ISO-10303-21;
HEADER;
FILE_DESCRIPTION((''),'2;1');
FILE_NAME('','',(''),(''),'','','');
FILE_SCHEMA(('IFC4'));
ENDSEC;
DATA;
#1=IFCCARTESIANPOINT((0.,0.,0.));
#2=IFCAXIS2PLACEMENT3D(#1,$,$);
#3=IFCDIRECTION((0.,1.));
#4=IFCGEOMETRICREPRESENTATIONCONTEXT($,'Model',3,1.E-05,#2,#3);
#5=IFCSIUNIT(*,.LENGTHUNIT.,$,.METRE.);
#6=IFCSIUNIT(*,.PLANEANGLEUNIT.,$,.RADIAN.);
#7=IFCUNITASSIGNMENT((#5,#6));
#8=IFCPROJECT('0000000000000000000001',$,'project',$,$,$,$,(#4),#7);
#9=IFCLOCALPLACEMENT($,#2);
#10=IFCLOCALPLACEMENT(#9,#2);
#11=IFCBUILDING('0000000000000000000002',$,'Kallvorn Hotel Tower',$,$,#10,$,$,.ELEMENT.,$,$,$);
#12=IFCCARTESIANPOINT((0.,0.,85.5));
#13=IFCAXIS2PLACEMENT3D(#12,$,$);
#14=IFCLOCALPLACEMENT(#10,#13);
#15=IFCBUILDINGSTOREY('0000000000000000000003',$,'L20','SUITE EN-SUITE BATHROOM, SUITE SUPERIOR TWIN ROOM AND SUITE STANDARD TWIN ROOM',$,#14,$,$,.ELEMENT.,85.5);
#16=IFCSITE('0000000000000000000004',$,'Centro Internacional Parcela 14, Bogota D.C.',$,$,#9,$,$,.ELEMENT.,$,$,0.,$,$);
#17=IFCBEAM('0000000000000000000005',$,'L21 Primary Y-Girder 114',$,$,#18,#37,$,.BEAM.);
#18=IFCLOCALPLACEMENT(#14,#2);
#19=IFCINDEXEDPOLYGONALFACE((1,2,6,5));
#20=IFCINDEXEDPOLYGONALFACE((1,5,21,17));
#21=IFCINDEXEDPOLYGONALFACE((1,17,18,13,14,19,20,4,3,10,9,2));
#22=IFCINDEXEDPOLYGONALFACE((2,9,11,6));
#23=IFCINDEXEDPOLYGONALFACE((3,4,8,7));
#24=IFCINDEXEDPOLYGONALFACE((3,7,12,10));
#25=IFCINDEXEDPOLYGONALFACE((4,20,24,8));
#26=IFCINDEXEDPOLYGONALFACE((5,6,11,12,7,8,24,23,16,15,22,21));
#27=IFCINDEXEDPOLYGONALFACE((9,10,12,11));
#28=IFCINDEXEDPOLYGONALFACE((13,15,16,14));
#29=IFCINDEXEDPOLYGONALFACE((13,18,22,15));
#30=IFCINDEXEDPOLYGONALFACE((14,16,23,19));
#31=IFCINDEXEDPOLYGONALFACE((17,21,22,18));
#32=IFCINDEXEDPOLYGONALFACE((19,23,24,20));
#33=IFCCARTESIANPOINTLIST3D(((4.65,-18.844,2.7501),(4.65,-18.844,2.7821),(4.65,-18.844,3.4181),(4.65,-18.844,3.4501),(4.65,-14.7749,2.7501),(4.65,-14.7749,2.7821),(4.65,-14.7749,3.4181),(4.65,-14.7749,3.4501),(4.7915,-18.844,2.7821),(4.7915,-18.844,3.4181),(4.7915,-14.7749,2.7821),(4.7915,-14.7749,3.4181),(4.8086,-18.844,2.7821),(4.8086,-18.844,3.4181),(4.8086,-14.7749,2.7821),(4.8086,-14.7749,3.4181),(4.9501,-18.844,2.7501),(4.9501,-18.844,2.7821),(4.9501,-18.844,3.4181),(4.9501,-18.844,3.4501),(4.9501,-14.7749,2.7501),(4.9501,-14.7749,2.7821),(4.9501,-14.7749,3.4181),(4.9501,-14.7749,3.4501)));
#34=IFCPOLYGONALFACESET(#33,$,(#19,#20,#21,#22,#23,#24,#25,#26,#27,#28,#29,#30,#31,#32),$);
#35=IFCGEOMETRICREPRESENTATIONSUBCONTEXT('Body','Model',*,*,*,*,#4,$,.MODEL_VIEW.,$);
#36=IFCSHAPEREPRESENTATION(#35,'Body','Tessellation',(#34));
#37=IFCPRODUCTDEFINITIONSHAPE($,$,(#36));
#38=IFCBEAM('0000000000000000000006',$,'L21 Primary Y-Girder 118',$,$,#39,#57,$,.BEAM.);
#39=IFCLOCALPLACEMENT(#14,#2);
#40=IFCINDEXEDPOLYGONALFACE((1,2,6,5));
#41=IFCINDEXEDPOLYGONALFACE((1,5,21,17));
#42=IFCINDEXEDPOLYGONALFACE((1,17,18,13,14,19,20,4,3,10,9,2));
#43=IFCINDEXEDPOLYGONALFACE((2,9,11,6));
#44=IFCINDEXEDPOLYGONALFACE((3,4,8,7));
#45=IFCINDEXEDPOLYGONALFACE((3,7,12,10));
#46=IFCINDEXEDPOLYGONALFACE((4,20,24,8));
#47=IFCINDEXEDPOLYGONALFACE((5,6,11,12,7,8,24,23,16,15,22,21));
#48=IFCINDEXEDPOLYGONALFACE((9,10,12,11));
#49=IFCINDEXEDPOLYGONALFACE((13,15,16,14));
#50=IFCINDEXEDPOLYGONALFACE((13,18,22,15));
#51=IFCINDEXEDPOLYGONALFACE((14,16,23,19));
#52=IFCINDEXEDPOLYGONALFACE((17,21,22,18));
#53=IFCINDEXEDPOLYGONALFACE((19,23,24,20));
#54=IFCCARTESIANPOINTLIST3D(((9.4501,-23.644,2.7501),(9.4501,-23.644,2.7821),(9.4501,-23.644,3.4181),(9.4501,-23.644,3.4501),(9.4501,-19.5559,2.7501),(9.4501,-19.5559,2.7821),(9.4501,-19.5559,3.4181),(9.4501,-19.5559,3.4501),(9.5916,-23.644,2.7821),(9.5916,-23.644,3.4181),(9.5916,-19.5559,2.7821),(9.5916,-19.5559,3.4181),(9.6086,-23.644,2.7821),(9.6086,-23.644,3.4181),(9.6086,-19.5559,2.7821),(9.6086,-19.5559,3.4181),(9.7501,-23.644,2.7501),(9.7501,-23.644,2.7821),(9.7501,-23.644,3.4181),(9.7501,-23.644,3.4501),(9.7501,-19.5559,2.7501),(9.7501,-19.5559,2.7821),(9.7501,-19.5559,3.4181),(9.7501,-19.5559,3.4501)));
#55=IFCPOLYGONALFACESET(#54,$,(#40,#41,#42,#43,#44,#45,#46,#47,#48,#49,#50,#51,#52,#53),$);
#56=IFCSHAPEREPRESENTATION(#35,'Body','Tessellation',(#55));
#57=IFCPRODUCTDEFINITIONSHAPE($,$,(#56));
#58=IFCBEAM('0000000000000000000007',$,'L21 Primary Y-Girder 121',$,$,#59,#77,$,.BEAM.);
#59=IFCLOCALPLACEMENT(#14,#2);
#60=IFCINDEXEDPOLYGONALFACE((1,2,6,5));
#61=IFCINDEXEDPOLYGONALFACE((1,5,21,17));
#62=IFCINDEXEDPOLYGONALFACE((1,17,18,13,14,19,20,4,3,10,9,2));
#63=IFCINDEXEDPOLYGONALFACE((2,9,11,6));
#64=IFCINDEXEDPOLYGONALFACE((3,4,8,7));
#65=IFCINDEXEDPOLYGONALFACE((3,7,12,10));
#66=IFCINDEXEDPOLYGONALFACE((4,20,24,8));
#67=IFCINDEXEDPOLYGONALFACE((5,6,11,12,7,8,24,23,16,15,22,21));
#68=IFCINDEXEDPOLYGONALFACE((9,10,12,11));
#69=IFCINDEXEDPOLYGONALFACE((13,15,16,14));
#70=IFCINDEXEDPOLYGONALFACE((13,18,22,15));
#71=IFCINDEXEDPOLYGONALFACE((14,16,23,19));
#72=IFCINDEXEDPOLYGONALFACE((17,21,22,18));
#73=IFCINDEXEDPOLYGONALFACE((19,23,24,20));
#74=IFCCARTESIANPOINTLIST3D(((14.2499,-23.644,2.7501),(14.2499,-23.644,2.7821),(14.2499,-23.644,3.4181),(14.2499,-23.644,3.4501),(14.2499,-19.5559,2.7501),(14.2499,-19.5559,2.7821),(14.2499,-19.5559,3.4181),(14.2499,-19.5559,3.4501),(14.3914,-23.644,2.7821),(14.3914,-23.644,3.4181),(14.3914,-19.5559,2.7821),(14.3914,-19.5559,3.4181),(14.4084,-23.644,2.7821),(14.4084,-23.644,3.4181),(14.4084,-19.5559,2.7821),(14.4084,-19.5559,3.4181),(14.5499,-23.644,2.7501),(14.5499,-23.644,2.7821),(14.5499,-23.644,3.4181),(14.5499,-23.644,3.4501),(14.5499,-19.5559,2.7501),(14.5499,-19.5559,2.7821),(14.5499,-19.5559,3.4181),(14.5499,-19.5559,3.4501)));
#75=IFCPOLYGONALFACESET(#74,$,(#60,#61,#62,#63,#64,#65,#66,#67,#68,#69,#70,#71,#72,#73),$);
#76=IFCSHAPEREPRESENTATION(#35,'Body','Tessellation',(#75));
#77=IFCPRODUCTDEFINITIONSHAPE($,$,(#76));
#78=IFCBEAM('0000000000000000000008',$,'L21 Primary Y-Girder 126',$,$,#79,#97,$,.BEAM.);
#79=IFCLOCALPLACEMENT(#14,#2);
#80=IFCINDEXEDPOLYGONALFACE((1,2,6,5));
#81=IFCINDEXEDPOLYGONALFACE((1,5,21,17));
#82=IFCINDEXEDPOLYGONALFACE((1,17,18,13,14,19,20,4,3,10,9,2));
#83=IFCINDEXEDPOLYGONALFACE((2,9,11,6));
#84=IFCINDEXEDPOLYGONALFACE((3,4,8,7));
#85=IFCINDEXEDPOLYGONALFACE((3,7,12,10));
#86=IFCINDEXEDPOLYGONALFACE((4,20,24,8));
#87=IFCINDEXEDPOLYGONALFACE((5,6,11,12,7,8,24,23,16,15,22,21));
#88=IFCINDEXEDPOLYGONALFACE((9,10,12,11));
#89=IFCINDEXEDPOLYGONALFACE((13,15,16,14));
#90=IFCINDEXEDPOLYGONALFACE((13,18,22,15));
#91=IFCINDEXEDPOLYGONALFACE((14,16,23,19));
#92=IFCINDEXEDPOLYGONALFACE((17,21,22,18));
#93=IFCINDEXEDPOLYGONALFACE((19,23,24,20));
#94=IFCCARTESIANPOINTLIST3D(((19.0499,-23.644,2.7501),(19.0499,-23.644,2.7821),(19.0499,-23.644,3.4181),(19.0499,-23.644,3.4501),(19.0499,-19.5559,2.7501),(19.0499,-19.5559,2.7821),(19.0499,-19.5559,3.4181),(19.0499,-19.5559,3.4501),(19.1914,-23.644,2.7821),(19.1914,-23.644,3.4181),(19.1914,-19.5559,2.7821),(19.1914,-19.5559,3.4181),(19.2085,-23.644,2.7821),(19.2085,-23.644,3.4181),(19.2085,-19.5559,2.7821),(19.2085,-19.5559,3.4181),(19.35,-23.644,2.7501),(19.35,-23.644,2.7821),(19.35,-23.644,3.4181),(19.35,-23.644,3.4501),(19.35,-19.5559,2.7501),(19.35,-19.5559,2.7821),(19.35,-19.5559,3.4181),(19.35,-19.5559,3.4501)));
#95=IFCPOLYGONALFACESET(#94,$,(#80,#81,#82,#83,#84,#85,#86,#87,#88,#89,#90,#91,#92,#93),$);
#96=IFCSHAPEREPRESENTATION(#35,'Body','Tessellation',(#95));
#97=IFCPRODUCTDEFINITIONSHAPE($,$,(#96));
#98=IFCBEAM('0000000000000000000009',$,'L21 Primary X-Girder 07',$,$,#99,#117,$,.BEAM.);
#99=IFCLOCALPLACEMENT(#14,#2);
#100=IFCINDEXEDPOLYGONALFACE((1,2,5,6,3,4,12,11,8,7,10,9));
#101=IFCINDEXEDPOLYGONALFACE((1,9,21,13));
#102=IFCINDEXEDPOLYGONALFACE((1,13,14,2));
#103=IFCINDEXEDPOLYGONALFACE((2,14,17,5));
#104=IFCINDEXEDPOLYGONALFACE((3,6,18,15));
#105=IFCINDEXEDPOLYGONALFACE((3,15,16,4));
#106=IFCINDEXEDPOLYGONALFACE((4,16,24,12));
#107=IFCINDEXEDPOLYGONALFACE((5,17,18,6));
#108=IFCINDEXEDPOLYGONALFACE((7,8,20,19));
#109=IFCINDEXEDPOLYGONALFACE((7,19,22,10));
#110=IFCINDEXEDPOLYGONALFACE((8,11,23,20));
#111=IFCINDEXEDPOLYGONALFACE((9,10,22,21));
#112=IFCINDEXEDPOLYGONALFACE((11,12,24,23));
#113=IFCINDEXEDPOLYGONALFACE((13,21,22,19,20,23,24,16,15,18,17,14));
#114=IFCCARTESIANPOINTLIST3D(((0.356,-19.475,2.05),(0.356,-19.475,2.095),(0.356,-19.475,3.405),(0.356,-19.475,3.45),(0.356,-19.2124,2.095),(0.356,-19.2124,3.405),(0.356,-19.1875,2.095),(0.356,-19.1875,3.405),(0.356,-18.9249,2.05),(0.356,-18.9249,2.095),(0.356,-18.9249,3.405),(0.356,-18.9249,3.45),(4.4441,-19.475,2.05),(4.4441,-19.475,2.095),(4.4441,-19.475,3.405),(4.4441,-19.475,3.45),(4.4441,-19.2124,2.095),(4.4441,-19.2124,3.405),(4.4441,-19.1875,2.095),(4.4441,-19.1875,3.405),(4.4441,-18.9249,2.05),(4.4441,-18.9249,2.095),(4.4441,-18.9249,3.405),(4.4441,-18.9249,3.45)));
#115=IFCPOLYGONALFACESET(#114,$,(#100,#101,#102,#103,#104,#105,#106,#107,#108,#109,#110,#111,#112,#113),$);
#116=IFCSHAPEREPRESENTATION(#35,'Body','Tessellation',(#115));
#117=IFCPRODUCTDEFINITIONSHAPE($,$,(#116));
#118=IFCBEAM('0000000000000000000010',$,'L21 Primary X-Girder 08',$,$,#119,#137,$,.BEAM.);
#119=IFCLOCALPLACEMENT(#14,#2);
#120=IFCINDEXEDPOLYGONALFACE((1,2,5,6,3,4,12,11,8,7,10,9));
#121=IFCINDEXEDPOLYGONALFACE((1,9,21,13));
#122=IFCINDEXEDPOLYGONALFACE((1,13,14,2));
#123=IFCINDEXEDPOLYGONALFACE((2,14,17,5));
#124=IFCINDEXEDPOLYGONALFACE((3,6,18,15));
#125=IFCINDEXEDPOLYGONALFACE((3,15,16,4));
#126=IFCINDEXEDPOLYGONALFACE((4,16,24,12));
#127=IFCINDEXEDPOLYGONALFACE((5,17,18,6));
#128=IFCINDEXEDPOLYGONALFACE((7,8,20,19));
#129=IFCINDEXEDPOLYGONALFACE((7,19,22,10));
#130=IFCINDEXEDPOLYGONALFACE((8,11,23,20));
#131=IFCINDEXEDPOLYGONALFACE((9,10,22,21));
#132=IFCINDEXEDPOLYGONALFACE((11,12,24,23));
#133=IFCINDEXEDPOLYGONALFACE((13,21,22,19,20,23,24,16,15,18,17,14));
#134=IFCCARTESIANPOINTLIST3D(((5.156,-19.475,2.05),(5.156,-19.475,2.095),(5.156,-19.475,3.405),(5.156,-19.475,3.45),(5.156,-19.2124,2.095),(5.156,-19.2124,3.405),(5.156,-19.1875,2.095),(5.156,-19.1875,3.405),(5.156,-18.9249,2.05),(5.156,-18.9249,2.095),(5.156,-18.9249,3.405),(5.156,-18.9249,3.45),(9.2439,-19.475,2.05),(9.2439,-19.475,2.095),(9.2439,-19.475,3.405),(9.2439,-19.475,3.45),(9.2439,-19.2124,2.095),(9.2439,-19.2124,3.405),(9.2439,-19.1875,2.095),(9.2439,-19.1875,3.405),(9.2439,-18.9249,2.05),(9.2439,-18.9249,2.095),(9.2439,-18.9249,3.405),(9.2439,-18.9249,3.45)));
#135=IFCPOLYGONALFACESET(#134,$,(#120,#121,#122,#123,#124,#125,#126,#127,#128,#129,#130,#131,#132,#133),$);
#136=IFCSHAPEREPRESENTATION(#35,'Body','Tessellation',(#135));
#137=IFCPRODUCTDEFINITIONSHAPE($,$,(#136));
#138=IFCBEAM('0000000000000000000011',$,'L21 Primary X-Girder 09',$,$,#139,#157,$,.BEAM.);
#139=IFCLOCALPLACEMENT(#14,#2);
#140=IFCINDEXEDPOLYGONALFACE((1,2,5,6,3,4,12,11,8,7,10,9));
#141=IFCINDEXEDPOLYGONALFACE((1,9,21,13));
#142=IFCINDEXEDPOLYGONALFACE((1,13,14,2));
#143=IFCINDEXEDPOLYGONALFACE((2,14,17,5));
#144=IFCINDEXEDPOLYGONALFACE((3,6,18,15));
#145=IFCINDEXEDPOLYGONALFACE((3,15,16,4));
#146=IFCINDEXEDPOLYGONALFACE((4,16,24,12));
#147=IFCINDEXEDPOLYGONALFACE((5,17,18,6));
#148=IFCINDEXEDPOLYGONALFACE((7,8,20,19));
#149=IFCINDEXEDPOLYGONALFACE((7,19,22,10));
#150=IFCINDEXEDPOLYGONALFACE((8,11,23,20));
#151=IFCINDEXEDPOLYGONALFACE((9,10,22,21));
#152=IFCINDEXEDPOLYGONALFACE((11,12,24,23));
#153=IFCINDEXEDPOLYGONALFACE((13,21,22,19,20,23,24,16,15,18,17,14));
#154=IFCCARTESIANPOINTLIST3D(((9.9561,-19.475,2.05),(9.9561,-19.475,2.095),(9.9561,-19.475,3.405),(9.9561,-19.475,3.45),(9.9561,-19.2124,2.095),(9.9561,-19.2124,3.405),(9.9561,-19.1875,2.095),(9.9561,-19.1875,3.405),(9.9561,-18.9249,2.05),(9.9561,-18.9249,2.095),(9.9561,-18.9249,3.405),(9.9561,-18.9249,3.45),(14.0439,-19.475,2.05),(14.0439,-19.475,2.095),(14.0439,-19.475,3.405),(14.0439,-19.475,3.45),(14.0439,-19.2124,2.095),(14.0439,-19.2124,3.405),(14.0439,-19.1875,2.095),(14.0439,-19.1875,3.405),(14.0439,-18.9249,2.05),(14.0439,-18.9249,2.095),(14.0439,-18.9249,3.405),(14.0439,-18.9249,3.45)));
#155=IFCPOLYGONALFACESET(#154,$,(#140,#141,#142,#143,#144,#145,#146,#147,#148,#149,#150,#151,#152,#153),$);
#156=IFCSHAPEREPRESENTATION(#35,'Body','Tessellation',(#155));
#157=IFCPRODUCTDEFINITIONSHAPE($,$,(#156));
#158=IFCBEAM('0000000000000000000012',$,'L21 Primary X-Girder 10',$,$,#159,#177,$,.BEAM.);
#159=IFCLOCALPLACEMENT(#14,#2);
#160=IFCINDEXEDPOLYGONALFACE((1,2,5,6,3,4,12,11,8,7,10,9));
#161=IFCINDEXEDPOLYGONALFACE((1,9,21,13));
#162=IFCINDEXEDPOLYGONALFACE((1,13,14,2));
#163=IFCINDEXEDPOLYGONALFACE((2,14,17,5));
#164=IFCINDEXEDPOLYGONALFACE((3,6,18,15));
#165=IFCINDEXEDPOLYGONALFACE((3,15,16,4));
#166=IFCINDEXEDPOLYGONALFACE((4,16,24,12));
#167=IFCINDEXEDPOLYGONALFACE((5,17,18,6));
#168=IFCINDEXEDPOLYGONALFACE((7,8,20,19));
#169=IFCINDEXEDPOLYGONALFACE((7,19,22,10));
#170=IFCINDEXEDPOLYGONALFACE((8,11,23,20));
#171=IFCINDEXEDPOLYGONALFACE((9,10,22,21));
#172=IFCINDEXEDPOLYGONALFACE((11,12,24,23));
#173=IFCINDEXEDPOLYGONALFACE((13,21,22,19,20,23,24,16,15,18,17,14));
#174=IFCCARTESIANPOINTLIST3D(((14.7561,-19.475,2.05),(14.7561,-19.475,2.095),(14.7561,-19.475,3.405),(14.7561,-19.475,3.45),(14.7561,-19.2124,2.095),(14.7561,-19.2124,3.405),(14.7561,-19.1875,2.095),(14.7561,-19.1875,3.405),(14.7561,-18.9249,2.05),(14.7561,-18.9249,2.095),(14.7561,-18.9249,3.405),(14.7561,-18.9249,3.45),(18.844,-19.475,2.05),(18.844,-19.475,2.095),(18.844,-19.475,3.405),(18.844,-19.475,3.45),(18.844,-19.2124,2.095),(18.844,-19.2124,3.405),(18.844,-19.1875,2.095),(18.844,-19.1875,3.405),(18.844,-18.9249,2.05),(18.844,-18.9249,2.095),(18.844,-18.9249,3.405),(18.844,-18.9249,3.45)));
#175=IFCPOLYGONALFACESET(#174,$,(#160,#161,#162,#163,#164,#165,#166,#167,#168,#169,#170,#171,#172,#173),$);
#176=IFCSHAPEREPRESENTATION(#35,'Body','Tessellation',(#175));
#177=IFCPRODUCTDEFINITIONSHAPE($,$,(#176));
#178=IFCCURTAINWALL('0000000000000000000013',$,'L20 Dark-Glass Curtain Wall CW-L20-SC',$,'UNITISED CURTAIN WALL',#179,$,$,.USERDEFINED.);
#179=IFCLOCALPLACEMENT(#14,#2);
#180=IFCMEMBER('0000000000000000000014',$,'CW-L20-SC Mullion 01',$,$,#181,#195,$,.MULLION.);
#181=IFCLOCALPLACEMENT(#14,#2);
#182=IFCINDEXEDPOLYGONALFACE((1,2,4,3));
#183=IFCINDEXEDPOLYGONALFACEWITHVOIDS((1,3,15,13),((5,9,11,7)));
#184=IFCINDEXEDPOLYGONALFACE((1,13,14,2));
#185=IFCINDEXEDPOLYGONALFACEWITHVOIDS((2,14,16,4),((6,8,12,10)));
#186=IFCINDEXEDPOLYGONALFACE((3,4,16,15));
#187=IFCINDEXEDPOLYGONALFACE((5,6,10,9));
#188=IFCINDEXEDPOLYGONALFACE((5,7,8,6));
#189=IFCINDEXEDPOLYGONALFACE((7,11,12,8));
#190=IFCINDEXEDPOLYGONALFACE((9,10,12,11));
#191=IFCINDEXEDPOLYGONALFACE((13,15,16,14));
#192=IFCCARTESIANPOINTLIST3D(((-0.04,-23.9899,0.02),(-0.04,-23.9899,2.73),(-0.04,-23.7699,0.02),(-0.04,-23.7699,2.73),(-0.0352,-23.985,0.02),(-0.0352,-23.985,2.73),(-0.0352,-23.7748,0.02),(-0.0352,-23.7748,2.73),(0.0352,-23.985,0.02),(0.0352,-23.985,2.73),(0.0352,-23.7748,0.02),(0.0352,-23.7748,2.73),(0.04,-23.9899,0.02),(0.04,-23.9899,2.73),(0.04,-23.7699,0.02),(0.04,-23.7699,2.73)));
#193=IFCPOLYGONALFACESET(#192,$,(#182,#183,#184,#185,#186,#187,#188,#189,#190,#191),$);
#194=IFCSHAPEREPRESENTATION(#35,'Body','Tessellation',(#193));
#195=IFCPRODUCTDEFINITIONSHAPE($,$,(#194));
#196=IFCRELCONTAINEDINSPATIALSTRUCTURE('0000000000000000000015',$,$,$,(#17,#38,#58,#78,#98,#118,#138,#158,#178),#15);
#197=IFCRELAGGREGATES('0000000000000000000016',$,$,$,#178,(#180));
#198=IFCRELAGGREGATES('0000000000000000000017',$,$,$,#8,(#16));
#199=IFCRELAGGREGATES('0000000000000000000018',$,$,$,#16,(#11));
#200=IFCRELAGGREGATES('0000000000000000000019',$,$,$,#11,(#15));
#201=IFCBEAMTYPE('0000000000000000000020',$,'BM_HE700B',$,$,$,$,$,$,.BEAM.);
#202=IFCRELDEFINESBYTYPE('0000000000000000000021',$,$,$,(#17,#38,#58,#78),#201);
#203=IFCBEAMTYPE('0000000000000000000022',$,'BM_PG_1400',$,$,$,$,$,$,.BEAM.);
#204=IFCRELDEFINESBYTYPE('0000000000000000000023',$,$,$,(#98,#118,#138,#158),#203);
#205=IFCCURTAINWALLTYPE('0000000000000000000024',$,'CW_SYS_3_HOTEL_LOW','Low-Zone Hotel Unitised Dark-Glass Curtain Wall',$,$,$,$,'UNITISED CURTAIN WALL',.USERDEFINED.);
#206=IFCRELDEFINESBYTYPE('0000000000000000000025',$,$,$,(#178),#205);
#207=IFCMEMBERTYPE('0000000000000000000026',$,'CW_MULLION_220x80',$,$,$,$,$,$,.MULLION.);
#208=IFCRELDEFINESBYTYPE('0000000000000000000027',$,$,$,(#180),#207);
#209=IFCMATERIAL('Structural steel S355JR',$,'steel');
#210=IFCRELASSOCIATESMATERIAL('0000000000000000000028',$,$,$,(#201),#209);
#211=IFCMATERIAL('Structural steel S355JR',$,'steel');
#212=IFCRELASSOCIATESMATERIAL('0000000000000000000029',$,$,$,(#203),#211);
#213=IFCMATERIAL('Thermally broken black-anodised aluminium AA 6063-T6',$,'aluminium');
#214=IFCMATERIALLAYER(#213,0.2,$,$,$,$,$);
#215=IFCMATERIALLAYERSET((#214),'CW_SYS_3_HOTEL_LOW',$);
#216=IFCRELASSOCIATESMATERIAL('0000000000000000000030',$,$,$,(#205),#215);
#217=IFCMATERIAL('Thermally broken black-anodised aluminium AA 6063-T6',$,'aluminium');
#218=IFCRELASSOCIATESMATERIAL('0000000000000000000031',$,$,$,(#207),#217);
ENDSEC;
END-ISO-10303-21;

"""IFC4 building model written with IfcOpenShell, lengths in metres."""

from ifc_helpers import new_model, si_unit, direction, frame, origin, origin_2d, place, context, subcontext, project, spatial, hollow_rectangle, i_section, extrude, material, layer, layer_set, material_profile, profile_set, type_object, element, aggregate, save


model = new_model("IFC4")

# Units and contexts
model_context = context("Model", 3, precision=1e-05, world=origin(), true_north=direction((0.0, 1.0)))
body_context = subcontext(model_context, "Body", "Model", "MODEL_VIEW")
ifc_project = project(units=[si_unit("LENGTHUNIT", "METRE"), si_unit("PLANEANGLEUNIT", "RADIAN")], contexts=[model_context])

# Site, building, storey
site_placement = place(None, origin())
site = spatial("IfcSite", under=ifc_project, at=site_placement, Name="Centro Internacional Parcela 14, Bogota D.C.", CompositionType="ELEMENT", RefElevation=0.0)
building_placement = place(site_placement, origin())
building = spatial("IfcBuilding", under=site, at=building_placement, Name="Kallvorn Hotel Tower", CompositionType="ELEMENT")
storey_placement = place(building_placement, frame((0.0, 0.0, 85.5)))
storey = spatial("IfcBuildingStorey", under=building, at=storey_placement, Name="L20", Description="SUITE EN-SUITE BATHROOM, SUITE SUPERIOR TWIN ROOM AND SUITE STANDARD TWIN ROOM", CompositionType="ELEMENT", Elevation=85.5)

# Beams
ifc_material_1 = material(Name="Structural steel S355JR", Category="steel")
ifc_material_profile_1 = material_profile(ifc_material_1, i_section(OverallWidth=0.3, OverallDepth=0.7, WebThickness=0.0171, FlangeThickness=0.032, at=origin_2d()), Name="HE 700 B")
ifc_profile_set_1 = profile_set([ifc_material_profile_1], Name="Structural steel S355JR")
beam_type_1 = type_object("IfcBeamType", Name="BM_HE700B", PredefinedType="BEAM", material=ifc_profile_set_1)
beam_1_placement = place(storey_placement, frame((4.8, -18.844, 3.1001), z_axis=(0.0, 1.0, 0.0), x_axis=(-1.0, 0.0, 0.0)))
element("IfcBeam", 1, at=beam_1_placement, inside=storey, type_object=beam_type_1, Name="L21 Primary Y-Girder 114", PredefinedType="BEAM", context=body_context, shape_type="SweptSolid", body=[
    extrude(i_section(OverallWidth=0.3, OverallDepth=0.7, WebThickness=0.0171, FlangeThickness=0.032, at=origin_2d()), origin(), (0.0, 0.0, 1.0), 4.0691),
])
for number, where, z_axis, x_axis, name in (
    (2, (9.6001, -23.644, 3.1001), (0.0, 1.0, 0.0), (-1.0, 0.0, 0.0), "L21 Primary Y-Girder 118"),
    (3, (14.3999, -23.644, 3.1001), (0.0, 1.0, 0.0), (-1.0, 0.0, 0.0), "L21 Primary Y-Girder 121"),
    (4, (19.2, -23.644, 3.1001), (0.0, 1.0, 0.0), (-1.0, 0.0, 0.0), "L21 Primary Y-Girder 126"),
):
    element("IfcBeam", number, at=place(storey_placement, frame(where, z_axis=z_axis, x_axis=x_axis)), inside=storey, type_object=beam_type_1, Name=name, PredefinedType="BEAM", context=body_context, shape_type="SweptSolid", body=[
        extrude(i_section(OverallWidth=0.3, OverallDepth=0.7, WebThickness=0.0171, FlangeThickness=0.032, at=origin_2d()), origin(), (0.0, 0.0, 1.0), 4.0881),
    ])
ifc_material_2 = material(Name="Structural steel S355JR", Category="steel")
ifc_material_profile_2 = material_profile(ifc_material_2, i_section(OverallWidth=0.55, OverallDepth=1.3999, WebThickness=0.0249, FlangeThickness=0.0449, at=origin_2d()), Name="PG 1400x550x25x45")
ifc_profile_set_2 = profile_set([ifc_material_profile_2], Name="Structural steel S355JR")
beam_type_2 = type_object("IfcBeamType", Name="BM_PG_1400", PredefinedType="BEAM", material=ifc_profile_set_2)
beam_2_placement = place(storey_placement, frame((0.356, -19.2, 2.75), z_axis=(1.0, 0.0, 0.0), x_axis=(0.0, 1.0, 0.0)))
element("IfcBeam", 5, at=beam_2_placement, inside=storey, type_object=beam_type_2, Name="L21 Primary X-Girder 07", PredefinedType="BEAM", context=body_context, shape_type="SweptSolid", body=[
    extrude(i_section(OverallWidth=0.55, OverallDepth=1.3999, WebThickness=0.0249, FlangeThickness=0.0449, at=origin_2d()), origin(), (0.0, 0.0, 1.0), 4.0881),
])
for number, where, z_axis, x_axis, name in (
    (6, (5.156, -19.2, 2.75), (1.0, 0.0, 0.0), (0.0, 1.0, 0.0), "L21 Primary X-Girder 08"),
    (7, (9.9561, -19.2, 2.75), (1.0, 0.0, 0.0), (0.0, 1.0, 0.0), "L21 Primary X-Girder 09"),
    (8, (14.7561, -19.2, 2.75), (1.0, 0.0, 0.0), (0.0, 1.0, 0.0), "L21 Primary X-Girder 10"),
):
    element("IfcBeam", number, at=place(storey_placement, frame(where, z_axis=z_axis, x_axis=x_axis)), inside=storey, type_object=beam_type_2, Name=name, PredefinedType="BEAM", context=body_context, shape_type="SweptSolid", body=[
        extrude(i_section(OverallWidth=0.55, OverallDepth=1.3999, WebThickness=0.0249, FlangeThickness=0.0449, at=origin_2d()), origin(), (0.0, 0.0, 1.0), 4.0879),
    ])

# Curtain wall, member
ifc_material_3 = material(Name="Thermally broken black-anodised aluminium AA 6063-T6", Category="aluminium")
ifc_layer_1 = layer(ifc_material_3, 0.2)
ifc_layer_set_1 = layer_set([ifc_layer_1], Name="CW_SYS_3_HOTEL_LOW")
curtain_wall_type = type_object("IfcCurtainWallType", Name="CW_SYS_3_HOTEL_LOW", Description="Low-Zone Hotel Unitised Dark-Glass Curtain Wall", ElementType="UNITISED CURTAIN WALL", PredefinedType="USERDEFINED", material=ifc_layer_set_1)
curtain_wall_placement = place(storey_placement, origin())
curtain_wall = element("IfcCurtainWall", 9, at=curtain_wall_placement, inside=storey, type_object=curtain_wall_type, Name="L20 Dark-Glass Curtain Wall CW-L20-SC", ObjectType="UNITISED CURTAIN WALL", PredefinedType="USERDEFINED")
ifc_material_4 = material(Name="Thermally broken black-anodised aluminium AA 6063-T6", Category="aluminium")
ifc_material_profile_3 = material_profile(ifc_material_4, hollow_rectangle(XDim=0.0801, YDim=0.22, WallThickness=0.0049, at=origin_2d()), Name="MUL 220x80")
ifc_profile_set_3 = profile_set([ifc_material_profile_3], Name="Thermally broken black-anodised aluminium AA 6063-T6")
member_type_1 = type_object("IfcMemberType", Name="CW_MULLION_220x80", PredefinedType="MULLION", material=ifc_profile_set_3)
member_1_placement = place(storey_placement, frame((0.0, -23.8799, 0.02), z_axis=(0.0, 0.0, 1.0), x_axis=(1.0, 0.0, 0.0)))
member_1 = element("IfcMember", 10, at=member_1_placement, type_object=member_type_1, Name="CW-L20-SC Mullion 01", PredefinedType="MULLION", context=body_context, shape_type="SweptSolid", body=[
    extrude(hollow_rectangle(XDim=0.0801, YDim=0.22, WallThickness=0.0049, at=origin_2d()), origin(), (0.0, 0.0, 1.0), 2.71),
])
aggregate(curtain_wall, [member_1])

save(model, "model.ifc")
